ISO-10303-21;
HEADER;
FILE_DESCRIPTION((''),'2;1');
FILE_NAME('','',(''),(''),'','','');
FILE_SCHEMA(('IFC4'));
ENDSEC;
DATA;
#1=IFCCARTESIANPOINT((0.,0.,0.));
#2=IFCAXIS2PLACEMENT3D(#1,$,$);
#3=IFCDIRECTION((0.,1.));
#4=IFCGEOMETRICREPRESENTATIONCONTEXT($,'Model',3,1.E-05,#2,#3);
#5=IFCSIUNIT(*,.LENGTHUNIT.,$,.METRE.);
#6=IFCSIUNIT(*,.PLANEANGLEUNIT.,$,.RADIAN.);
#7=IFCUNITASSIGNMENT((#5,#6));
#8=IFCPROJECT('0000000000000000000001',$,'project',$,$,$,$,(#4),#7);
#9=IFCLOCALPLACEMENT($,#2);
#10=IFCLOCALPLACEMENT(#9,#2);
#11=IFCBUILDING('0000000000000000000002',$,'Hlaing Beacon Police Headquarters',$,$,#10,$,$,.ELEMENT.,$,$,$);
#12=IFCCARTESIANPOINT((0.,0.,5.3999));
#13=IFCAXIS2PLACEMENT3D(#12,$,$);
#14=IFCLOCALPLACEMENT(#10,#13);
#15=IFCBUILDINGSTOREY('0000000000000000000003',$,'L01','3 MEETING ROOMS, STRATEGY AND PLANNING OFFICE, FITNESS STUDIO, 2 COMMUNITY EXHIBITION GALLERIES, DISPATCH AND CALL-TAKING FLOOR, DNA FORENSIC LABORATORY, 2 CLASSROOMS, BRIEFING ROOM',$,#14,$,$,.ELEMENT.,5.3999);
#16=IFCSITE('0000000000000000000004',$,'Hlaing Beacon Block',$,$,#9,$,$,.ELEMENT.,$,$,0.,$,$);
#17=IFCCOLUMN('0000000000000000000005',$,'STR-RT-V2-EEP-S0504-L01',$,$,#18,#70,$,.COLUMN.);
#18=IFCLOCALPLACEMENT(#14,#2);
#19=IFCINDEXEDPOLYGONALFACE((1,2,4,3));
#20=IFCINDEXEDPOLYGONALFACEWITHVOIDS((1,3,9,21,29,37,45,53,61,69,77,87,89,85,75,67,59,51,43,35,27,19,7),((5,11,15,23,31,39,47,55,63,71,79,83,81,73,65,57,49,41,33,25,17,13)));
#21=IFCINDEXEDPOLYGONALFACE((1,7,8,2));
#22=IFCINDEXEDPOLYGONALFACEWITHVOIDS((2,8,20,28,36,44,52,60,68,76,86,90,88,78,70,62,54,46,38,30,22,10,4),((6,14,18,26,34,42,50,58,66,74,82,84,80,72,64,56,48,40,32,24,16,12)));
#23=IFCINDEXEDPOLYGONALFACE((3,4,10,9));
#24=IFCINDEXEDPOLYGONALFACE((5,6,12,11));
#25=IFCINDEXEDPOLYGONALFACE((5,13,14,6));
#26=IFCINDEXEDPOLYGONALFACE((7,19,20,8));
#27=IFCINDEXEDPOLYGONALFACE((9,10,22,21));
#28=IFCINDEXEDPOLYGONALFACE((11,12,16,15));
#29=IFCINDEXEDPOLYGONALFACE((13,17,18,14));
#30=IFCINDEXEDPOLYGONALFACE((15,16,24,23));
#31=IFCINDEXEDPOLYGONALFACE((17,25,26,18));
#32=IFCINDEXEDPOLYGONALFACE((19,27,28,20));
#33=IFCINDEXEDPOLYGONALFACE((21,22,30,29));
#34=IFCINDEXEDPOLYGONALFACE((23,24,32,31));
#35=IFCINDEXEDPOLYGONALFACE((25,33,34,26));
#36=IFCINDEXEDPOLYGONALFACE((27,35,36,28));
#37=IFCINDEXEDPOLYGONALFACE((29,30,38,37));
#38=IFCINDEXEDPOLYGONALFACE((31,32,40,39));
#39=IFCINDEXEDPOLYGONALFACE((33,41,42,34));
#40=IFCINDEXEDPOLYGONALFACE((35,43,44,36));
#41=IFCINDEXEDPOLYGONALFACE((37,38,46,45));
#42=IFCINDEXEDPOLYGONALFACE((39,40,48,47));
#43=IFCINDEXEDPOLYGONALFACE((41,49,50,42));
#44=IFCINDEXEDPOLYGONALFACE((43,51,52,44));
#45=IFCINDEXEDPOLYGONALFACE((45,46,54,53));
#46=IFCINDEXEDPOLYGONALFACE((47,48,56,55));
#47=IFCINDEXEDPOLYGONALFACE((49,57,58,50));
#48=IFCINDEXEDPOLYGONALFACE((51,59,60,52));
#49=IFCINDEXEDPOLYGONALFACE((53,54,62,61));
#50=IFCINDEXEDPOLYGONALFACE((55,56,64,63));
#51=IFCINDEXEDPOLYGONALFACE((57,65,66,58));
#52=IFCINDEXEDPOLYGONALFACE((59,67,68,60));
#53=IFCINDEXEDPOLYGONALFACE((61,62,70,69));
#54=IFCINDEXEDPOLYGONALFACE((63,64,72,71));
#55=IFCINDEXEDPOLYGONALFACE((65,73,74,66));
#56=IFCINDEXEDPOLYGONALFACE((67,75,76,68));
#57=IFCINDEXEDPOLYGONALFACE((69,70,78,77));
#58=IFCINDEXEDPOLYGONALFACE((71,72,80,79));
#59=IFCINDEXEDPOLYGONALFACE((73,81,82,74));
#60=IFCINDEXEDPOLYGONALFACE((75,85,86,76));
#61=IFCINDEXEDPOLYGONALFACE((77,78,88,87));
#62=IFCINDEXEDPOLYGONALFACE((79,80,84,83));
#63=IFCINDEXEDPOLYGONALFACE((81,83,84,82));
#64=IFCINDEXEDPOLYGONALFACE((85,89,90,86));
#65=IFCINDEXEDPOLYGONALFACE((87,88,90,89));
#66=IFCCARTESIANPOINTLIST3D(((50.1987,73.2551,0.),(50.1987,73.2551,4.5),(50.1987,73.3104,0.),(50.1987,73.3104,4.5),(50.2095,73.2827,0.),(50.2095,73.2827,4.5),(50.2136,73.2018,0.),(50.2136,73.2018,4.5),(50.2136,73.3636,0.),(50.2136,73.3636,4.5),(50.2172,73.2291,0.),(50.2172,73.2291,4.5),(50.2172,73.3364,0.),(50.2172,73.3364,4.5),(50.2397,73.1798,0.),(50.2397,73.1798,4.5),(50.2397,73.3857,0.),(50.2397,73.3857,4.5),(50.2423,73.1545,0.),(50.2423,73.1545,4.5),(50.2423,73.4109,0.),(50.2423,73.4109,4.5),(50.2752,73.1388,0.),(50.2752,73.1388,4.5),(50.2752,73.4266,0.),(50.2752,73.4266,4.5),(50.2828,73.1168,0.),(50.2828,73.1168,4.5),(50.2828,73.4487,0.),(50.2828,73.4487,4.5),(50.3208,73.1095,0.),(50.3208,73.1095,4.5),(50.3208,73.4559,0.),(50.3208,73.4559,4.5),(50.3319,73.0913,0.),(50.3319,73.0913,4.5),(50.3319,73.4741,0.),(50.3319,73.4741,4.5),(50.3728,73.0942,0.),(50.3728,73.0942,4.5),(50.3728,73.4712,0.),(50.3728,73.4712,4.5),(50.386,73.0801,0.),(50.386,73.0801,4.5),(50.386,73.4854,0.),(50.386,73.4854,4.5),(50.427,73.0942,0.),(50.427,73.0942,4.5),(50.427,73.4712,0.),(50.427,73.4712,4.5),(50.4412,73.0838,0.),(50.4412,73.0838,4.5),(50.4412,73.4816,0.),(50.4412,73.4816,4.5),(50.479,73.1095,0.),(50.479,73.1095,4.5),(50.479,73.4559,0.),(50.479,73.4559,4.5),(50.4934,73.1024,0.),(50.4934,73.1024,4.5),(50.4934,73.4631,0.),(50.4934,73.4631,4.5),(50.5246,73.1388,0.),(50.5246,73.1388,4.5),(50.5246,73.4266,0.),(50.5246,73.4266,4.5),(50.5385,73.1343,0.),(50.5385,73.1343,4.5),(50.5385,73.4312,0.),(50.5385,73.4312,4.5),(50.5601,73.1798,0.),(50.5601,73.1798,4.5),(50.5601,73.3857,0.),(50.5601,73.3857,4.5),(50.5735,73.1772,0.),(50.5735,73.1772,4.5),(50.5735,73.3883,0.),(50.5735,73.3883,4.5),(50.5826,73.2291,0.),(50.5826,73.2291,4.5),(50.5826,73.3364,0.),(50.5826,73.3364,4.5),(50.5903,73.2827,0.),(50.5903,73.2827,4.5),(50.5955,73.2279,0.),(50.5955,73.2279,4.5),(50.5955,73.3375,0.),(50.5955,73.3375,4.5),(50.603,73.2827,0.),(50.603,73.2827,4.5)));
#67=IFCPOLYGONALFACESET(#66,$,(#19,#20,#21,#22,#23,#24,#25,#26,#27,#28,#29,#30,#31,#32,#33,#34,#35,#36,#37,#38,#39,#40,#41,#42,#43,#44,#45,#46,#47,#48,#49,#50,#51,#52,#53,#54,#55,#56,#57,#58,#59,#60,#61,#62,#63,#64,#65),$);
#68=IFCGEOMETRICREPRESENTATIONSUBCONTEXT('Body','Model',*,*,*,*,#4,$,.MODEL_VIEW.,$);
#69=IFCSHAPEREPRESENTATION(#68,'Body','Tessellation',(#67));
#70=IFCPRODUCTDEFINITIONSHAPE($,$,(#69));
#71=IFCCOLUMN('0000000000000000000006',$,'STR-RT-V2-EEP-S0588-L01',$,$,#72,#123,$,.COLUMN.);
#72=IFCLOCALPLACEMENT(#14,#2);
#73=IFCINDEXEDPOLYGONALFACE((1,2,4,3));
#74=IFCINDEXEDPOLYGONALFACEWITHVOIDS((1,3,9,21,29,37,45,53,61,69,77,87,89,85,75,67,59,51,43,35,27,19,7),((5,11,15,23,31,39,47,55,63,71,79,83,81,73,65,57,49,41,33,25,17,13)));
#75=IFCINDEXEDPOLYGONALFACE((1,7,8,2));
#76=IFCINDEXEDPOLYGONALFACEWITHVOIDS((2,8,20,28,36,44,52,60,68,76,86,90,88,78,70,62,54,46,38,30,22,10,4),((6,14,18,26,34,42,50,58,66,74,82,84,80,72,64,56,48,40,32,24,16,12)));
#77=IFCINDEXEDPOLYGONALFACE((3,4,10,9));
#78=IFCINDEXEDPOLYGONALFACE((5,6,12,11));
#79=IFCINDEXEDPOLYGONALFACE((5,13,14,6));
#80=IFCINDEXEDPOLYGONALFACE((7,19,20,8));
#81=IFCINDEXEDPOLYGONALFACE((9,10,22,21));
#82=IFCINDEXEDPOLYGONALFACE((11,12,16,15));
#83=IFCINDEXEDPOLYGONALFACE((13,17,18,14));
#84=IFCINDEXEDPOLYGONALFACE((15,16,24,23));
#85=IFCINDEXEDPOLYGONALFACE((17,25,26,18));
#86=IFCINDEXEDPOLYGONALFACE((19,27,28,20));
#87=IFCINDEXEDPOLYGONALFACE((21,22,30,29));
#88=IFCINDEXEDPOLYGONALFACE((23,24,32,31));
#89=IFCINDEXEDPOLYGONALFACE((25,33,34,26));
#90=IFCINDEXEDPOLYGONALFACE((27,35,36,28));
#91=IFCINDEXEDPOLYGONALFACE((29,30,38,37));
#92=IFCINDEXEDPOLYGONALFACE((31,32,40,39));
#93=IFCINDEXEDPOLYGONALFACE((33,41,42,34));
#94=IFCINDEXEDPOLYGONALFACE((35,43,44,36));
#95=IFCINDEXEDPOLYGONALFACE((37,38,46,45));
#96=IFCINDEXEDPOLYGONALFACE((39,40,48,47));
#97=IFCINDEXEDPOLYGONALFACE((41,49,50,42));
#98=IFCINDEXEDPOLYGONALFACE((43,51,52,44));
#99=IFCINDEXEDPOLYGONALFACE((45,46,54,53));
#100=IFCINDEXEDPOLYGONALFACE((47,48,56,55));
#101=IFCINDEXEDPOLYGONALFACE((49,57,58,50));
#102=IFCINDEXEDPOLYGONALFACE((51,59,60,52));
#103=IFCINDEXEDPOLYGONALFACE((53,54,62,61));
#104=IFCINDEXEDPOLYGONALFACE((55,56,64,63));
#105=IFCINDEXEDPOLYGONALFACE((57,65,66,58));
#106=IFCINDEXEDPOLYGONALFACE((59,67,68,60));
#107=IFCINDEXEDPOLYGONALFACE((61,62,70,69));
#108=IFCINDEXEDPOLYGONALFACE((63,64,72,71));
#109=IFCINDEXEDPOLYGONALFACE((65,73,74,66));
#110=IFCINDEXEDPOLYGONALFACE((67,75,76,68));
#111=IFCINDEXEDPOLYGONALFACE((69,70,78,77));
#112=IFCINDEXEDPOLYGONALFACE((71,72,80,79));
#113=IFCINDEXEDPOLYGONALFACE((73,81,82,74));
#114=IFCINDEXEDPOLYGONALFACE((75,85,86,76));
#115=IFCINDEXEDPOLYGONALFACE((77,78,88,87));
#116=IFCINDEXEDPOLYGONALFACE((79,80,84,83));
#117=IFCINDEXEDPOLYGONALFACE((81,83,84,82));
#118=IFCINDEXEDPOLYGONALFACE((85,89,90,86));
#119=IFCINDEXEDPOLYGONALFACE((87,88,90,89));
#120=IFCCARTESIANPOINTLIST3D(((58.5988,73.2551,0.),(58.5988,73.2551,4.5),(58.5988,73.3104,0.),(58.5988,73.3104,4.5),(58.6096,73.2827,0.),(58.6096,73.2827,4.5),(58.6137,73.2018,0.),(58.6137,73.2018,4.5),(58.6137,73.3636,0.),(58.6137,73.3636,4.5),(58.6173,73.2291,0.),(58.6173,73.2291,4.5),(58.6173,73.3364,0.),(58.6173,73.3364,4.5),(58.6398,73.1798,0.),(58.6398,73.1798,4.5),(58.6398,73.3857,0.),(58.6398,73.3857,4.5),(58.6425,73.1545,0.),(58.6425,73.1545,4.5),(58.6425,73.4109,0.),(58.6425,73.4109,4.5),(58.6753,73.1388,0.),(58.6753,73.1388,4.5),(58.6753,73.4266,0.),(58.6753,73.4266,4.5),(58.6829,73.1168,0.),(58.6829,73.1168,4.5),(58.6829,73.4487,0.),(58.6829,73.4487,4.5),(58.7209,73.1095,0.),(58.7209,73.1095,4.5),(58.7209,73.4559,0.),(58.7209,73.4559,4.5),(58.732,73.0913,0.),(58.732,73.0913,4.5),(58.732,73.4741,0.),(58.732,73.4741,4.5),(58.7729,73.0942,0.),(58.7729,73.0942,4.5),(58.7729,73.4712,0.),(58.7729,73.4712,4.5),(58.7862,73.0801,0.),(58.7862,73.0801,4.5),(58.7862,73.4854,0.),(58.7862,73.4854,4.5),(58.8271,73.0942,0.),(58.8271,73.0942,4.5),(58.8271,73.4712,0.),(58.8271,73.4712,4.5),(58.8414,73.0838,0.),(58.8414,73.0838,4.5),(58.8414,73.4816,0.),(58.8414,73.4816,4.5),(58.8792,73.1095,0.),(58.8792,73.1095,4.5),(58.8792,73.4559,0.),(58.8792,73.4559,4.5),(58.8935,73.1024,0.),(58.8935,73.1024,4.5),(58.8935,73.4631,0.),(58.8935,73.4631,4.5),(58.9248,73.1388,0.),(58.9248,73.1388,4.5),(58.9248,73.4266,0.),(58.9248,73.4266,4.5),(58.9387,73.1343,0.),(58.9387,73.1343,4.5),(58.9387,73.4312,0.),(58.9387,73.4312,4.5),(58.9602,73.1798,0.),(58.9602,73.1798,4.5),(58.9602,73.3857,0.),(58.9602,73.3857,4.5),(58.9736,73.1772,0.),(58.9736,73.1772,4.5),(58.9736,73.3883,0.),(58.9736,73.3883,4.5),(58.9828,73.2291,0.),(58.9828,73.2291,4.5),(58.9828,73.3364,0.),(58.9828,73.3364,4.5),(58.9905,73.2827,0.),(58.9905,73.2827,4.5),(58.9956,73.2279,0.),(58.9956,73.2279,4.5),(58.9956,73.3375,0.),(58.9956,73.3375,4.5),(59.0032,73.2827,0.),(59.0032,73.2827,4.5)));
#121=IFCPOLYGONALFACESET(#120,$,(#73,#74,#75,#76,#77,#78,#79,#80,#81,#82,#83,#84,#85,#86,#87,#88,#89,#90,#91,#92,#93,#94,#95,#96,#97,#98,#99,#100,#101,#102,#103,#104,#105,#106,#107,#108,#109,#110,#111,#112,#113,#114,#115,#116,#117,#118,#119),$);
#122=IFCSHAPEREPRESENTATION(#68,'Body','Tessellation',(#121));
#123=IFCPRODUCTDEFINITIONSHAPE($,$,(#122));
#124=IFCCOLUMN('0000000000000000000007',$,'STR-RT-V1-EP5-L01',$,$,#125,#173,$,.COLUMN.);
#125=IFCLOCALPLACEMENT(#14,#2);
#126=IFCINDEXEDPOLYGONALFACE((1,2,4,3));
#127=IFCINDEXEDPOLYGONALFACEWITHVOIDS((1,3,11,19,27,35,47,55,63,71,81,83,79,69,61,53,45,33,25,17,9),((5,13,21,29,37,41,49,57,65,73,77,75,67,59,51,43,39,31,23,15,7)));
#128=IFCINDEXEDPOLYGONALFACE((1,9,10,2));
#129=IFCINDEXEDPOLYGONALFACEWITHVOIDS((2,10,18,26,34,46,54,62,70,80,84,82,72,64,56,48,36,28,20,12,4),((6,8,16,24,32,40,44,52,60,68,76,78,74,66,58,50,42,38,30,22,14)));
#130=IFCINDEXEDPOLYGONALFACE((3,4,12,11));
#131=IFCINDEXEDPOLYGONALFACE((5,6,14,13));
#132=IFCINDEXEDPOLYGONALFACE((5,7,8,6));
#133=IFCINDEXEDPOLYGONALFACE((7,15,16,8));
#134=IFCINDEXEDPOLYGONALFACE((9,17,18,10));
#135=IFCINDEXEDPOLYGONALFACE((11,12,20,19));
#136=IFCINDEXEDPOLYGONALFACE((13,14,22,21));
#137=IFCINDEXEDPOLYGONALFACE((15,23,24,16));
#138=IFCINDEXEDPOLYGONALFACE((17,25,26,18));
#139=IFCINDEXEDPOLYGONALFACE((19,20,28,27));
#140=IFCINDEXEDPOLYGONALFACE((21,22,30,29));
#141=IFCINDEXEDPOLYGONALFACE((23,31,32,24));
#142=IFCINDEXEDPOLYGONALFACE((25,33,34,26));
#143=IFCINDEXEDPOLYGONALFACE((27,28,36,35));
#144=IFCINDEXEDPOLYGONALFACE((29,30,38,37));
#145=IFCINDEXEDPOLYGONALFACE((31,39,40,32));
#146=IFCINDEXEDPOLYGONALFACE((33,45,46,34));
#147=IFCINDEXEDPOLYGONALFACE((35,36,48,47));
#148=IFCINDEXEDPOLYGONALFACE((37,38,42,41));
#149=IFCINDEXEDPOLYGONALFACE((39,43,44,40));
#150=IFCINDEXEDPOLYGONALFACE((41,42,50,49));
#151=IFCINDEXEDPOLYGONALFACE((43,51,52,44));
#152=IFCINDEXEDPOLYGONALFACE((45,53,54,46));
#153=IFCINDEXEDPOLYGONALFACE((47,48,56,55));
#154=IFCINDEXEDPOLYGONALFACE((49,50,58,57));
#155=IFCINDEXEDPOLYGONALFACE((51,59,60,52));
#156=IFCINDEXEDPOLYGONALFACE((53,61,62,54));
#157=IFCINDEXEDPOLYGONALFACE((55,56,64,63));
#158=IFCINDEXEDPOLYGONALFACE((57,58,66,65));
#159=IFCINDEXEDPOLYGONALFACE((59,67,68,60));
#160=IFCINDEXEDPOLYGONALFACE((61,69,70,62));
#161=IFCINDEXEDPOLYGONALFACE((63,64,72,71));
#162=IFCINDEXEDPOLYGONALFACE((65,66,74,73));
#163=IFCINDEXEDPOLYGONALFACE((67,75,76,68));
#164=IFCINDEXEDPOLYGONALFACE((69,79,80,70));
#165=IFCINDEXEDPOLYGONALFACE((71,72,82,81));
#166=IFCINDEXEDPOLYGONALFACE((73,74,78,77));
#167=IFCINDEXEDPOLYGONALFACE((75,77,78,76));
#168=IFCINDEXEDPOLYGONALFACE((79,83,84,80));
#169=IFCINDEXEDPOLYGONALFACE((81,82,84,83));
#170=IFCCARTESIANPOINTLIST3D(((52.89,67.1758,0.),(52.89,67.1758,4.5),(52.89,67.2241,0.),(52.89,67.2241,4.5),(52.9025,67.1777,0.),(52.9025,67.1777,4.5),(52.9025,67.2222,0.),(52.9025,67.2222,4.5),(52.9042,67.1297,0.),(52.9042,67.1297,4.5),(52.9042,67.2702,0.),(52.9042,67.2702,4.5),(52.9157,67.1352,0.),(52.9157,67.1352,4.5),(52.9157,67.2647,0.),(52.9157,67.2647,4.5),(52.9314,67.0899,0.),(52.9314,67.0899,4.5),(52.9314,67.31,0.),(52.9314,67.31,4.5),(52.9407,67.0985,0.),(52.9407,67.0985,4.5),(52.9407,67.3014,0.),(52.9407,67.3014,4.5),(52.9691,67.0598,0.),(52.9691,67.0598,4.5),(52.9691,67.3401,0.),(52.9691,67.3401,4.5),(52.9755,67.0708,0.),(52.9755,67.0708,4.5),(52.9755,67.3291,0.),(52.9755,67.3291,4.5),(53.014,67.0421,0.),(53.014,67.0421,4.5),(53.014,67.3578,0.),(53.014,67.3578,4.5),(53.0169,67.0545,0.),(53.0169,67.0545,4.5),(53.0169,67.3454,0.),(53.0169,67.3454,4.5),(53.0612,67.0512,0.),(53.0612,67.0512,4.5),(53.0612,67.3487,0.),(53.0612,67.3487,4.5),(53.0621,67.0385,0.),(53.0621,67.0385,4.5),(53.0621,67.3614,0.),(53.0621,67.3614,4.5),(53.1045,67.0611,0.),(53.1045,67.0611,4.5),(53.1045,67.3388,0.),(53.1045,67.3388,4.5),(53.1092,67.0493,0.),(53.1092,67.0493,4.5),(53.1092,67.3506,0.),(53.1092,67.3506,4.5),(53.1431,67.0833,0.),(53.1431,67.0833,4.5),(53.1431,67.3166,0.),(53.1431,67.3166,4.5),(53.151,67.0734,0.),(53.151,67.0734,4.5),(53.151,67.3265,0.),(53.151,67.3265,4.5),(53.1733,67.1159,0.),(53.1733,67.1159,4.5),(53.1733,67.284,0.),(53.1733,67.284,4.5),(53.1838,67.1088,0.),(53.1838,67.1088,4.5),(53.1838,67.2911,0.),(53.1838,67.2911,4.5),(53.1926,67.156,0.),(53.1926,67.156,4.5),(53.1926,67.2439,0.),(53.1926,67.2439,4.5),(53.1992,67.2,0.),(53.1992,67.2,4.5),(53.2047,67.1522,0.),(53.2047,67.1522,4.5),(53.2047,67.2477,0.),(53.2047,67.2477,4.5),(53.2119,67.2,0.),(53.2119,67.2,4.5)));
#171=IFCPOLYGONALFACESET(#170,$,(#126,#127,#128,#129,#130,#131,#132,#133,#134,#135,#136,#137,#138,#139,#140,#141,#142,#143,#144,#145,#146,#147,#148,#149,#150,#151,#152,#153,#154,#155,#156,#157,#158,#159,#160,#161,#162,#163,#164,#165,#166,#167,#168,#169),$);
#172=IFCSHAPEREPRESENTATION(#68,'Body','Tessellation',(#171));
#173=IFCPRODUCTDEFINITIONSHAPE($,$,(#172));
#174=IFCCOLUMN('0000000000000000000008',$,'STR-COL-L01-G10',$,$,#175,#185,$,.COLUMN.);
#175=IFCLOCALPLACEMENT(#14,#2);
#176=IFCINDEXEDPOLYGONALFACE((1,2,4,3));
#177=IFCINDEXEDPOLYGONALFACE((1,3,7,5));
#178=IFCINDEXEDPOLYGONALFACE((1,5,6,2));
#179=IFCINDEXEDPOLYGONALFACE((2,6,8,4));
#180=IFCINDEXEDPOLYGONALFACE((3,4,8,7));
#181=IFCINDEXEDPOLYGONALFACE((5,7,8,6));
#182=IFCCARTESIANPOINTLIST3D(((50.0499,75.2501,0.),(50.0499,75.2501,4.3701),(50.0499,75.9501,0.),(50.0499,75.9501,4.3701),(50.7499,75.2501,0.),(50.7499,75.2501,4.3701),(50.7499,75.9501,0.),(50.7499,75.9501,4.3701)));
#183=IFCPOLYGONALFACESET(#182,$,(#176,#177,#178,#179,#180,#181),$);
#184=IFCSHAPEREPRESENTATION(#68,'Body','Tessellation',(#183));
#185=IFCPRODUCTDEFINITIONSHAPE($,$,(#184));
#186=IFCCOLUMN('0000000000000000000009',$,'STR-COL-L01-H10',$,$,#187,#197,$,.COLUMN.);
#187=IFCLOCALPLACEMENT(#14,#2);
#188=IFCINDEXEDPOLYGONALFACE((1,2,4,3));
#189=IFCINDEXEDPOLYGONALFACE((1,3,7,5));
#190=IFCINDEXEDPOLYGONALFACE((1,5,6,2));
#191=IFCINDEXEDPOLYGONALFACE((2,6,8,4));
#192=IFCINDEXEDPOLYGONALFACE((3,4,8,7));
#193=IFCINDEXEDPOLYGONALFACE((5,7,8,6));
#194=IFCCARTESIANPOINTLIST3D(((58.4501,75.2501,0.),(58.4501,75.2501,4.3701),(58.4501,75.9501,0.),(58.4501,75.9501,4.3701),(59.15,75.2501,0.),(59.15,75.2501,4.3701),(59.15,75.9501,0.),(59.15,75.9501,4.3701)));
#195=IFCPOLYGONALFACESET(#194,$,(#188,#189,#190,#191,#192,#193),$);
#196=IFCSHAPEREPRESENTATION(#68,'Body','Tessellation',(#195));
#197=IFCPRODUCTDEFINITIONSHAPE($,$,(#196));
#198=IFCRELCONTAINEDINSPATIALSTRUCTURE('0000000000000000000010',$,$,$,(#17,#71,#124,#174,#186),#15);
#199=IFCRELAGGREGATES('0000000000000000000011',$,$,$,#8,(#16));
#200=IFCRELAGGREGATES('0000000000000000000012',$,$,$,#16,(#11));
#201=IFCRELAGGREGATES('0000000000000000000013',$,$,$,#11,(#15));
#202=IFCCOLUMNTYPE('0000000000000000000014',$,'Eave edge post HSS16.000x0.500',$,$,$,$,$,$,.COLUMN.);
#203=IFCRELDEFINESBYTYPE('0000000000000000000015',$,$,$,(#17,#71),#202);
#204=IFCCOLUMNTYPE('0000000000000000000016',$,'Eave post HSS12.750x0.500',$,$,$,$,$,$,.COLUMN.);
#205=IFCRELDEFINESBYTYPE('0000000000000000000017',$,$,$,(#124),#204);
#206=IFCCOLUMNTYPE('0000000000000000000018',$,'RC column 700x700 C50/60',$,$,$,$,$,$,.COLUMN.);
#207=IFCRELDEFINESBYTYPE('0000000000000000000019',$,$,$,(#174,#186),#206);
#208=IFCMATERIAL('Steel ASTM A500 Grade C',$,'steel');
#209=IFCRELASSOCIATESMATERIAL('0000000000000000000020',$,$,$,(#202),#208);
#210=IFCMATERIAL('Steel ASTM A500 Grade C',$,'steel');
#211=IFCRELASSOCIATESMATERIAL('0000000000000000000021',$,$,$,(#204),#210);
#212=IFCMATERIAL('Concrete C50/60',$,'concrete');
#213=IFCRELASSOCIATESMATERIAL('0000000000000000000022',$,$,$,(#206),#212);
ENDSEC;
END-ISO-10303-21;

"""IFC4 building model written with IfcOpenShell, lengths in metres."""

from ifc_helpers import new_model, si_unit, direction, frame, origin, origin_2d, place, context, subcontext, project, spatial, rectangle, hollow_circle, extrude, material, material_profile, profile_set, type_object, element, save


model = new_model("IFC4")

# Units and contexts
model_context = context("Model", 3, precision=1e-05, world=origin(), true_north=direction((0.0, 1.0)))
body_context = subcontext(model_context, "Body", "Model", "MODEL_VIEW")
ifc_project = project(units=[si_unit("LENGTHUNIT", "METRE"), si_unit("PLANEANGLEUNIT", "RADIAN")], contexts=[model_context])

# Site, building, storey
site_placement = place(None, origin())
site = spatial("IfcSite", under=ifc_project, at=site_placement, Name="Hlaing Beacon Block", CompositionType="ELEMENT", RefElevation=0.0)
building_placement = place(site_placement, origin())
building = spatial("IfcBuilding", under=site, at=building_placement, Name="Hlaing Beacon Police Headquarters", CompositionType="ELEMENT")
storey_placement = place(building_placement, frame((0.0, 0.0, 5.3999)))
storey = spatial("IfcBuildingStorey", under=building, at=storey_placement, Name="L01", Description="3 MEETING ROOMS, STRATEGY AND PLANNING OFFICE, FITNESS STUDIO, 2 COMMUNITY EXHIBITION GALLERIES, DISPATCH AND CALL-TAKING FLOOR, DNA FORENSIC LABORATORY, 2 CLASSROOMS, BRIEFING ROOM", CompositionType="ELEMENT", Elevation=5.3999)

# Columns
ifc_material_1 = material(Name="Steel ASTM A500 Grade C", Category="steel")
ifc_material_profile_1 = material_profile(ifc_material_1, hollow_circle(Radius=0.2031, WallThickness=0.0127, at=origin_2d()), Name="HSS16.000x0.500")
ifc_profile_set_1 = profile_set([ifc_material_profile_1], Name="Steel ASTM A500 Grade C")
column_type_1 = type_object("IfcColumnType", Name="Eave edge post HSS16.000x0.500", PredefinedType="COLUMN", material=ifc_profile_set_1)
for number, where, z_axis, x_axis, name in (
    (1, (50.3999, 73.2827, 0.0), (0.0, 0.0, 1.0), (1.0, 0.0, 0.0), "STR-RT-V2-EEP-S0504-L01"),
    (2, (58.8, 73.2827, 0.0), (0.0, 0.0, 1.0), (1.0, 0.0, 0.0), "STR-RT-V2-EEP-S0588-L01"),
):
    element("IfcColumn", number, at=place(storey_placement, frame(where, z_axis=z_axis, x_axis=x_axis)), inside=storey, type_object=column_type_1, Name=name, PredefinedType="COLUMN", context=body_context, shape_type="SweptSolid", body=[
        extrude(hollow_circle(Radius=0.2031, WallThickness=0.0127, at=origin_2d()), origin(), (0.0, 0.0, 1.0), 4.5),
    ])
ifc_material_2 = material(Name="Steel ASTM A500 Grade C", Category="steel")
ifc_material_profile_2 = material_profile(ifc_material_2, hollow_circle(Radius=0.1619, WallThickness=0.0127, at=origin_2d()), Name="HSS12.750x0.500")
ifc_profile_set_2 = profile_set([ifc_material_profile_2], Name="Steel ASTM A500 Grade C")
column_type_2 = type_object("IfcColumnType", Name="Eave post HSS12.750x0.500", PredefinedType="COLUMN", material=ifc_profile_set_2)
column_placement = place(storey_placement, frame((53.05, 67.2, 0.0), z_axis=(0.0, 0.0, 1.0), x_axis=(1.0, 0.0, 0.0)))
element("IfcColumn", 3, at=column_placement, inside=storey, type_object=column_type_2, Name="STR-RT-V1-EP5-L01", PredefinedType="COLUMN", context=body_context, shape_type="SweptSolid", body=[
    extrude(hollow_circle(Radius=0.1619, WallThickness=0.0127, at=origin_2d()), origin(), (0.0, 0.0, 1.0), 4.5),
])
ifc_material_3 = material(Name="Concrete C50/60", Category="concrete")
ifc_material_profile_3 = material_profile(ifc_material_3, rectangle(XDim=0.7, YDim=0.7, at=origin_2d()), Name="700x700")
ifc_profile_set_3 = profile_set([ifc_material_profile_3], Name="Concrete C50/60")
column_type_3 = type_object("IfcColumnType", Name="RC column 700x700 C50/60", PredefinedType="COLUMN", material=ifc_profile_set_3)
for number, where, z_axis, x_axis, name in (
    (4, (50.3999, 75.6001, 0.0), (0.0, 0.0, 1.0), (1.0, 0.0, 0.0), "STR-COL-L01-G10"),
    (5, (58.8, 75.6001, 0.0), (0.0, 0.0, 1.0), (1.0, 0.0, 0.0), "STR-COL-L01-H10"),
):
    element("IfcColumn", number, at=place(storey_placement, frame(where, z_axis=z_axis, x_axis=x_axis)), inside=storey, type_object=column_type_3, Name=name, PredefinedType="COLUMN", context=body_context, shape_type="SweptSolid", body=[
        extrude(rectangle(XDim=0.7, YDim=0.7, at=origin_2d()), origin(), (0.0, 0.0, 1.0), 4.3701),
    ])

save(model, "model.ifc")
